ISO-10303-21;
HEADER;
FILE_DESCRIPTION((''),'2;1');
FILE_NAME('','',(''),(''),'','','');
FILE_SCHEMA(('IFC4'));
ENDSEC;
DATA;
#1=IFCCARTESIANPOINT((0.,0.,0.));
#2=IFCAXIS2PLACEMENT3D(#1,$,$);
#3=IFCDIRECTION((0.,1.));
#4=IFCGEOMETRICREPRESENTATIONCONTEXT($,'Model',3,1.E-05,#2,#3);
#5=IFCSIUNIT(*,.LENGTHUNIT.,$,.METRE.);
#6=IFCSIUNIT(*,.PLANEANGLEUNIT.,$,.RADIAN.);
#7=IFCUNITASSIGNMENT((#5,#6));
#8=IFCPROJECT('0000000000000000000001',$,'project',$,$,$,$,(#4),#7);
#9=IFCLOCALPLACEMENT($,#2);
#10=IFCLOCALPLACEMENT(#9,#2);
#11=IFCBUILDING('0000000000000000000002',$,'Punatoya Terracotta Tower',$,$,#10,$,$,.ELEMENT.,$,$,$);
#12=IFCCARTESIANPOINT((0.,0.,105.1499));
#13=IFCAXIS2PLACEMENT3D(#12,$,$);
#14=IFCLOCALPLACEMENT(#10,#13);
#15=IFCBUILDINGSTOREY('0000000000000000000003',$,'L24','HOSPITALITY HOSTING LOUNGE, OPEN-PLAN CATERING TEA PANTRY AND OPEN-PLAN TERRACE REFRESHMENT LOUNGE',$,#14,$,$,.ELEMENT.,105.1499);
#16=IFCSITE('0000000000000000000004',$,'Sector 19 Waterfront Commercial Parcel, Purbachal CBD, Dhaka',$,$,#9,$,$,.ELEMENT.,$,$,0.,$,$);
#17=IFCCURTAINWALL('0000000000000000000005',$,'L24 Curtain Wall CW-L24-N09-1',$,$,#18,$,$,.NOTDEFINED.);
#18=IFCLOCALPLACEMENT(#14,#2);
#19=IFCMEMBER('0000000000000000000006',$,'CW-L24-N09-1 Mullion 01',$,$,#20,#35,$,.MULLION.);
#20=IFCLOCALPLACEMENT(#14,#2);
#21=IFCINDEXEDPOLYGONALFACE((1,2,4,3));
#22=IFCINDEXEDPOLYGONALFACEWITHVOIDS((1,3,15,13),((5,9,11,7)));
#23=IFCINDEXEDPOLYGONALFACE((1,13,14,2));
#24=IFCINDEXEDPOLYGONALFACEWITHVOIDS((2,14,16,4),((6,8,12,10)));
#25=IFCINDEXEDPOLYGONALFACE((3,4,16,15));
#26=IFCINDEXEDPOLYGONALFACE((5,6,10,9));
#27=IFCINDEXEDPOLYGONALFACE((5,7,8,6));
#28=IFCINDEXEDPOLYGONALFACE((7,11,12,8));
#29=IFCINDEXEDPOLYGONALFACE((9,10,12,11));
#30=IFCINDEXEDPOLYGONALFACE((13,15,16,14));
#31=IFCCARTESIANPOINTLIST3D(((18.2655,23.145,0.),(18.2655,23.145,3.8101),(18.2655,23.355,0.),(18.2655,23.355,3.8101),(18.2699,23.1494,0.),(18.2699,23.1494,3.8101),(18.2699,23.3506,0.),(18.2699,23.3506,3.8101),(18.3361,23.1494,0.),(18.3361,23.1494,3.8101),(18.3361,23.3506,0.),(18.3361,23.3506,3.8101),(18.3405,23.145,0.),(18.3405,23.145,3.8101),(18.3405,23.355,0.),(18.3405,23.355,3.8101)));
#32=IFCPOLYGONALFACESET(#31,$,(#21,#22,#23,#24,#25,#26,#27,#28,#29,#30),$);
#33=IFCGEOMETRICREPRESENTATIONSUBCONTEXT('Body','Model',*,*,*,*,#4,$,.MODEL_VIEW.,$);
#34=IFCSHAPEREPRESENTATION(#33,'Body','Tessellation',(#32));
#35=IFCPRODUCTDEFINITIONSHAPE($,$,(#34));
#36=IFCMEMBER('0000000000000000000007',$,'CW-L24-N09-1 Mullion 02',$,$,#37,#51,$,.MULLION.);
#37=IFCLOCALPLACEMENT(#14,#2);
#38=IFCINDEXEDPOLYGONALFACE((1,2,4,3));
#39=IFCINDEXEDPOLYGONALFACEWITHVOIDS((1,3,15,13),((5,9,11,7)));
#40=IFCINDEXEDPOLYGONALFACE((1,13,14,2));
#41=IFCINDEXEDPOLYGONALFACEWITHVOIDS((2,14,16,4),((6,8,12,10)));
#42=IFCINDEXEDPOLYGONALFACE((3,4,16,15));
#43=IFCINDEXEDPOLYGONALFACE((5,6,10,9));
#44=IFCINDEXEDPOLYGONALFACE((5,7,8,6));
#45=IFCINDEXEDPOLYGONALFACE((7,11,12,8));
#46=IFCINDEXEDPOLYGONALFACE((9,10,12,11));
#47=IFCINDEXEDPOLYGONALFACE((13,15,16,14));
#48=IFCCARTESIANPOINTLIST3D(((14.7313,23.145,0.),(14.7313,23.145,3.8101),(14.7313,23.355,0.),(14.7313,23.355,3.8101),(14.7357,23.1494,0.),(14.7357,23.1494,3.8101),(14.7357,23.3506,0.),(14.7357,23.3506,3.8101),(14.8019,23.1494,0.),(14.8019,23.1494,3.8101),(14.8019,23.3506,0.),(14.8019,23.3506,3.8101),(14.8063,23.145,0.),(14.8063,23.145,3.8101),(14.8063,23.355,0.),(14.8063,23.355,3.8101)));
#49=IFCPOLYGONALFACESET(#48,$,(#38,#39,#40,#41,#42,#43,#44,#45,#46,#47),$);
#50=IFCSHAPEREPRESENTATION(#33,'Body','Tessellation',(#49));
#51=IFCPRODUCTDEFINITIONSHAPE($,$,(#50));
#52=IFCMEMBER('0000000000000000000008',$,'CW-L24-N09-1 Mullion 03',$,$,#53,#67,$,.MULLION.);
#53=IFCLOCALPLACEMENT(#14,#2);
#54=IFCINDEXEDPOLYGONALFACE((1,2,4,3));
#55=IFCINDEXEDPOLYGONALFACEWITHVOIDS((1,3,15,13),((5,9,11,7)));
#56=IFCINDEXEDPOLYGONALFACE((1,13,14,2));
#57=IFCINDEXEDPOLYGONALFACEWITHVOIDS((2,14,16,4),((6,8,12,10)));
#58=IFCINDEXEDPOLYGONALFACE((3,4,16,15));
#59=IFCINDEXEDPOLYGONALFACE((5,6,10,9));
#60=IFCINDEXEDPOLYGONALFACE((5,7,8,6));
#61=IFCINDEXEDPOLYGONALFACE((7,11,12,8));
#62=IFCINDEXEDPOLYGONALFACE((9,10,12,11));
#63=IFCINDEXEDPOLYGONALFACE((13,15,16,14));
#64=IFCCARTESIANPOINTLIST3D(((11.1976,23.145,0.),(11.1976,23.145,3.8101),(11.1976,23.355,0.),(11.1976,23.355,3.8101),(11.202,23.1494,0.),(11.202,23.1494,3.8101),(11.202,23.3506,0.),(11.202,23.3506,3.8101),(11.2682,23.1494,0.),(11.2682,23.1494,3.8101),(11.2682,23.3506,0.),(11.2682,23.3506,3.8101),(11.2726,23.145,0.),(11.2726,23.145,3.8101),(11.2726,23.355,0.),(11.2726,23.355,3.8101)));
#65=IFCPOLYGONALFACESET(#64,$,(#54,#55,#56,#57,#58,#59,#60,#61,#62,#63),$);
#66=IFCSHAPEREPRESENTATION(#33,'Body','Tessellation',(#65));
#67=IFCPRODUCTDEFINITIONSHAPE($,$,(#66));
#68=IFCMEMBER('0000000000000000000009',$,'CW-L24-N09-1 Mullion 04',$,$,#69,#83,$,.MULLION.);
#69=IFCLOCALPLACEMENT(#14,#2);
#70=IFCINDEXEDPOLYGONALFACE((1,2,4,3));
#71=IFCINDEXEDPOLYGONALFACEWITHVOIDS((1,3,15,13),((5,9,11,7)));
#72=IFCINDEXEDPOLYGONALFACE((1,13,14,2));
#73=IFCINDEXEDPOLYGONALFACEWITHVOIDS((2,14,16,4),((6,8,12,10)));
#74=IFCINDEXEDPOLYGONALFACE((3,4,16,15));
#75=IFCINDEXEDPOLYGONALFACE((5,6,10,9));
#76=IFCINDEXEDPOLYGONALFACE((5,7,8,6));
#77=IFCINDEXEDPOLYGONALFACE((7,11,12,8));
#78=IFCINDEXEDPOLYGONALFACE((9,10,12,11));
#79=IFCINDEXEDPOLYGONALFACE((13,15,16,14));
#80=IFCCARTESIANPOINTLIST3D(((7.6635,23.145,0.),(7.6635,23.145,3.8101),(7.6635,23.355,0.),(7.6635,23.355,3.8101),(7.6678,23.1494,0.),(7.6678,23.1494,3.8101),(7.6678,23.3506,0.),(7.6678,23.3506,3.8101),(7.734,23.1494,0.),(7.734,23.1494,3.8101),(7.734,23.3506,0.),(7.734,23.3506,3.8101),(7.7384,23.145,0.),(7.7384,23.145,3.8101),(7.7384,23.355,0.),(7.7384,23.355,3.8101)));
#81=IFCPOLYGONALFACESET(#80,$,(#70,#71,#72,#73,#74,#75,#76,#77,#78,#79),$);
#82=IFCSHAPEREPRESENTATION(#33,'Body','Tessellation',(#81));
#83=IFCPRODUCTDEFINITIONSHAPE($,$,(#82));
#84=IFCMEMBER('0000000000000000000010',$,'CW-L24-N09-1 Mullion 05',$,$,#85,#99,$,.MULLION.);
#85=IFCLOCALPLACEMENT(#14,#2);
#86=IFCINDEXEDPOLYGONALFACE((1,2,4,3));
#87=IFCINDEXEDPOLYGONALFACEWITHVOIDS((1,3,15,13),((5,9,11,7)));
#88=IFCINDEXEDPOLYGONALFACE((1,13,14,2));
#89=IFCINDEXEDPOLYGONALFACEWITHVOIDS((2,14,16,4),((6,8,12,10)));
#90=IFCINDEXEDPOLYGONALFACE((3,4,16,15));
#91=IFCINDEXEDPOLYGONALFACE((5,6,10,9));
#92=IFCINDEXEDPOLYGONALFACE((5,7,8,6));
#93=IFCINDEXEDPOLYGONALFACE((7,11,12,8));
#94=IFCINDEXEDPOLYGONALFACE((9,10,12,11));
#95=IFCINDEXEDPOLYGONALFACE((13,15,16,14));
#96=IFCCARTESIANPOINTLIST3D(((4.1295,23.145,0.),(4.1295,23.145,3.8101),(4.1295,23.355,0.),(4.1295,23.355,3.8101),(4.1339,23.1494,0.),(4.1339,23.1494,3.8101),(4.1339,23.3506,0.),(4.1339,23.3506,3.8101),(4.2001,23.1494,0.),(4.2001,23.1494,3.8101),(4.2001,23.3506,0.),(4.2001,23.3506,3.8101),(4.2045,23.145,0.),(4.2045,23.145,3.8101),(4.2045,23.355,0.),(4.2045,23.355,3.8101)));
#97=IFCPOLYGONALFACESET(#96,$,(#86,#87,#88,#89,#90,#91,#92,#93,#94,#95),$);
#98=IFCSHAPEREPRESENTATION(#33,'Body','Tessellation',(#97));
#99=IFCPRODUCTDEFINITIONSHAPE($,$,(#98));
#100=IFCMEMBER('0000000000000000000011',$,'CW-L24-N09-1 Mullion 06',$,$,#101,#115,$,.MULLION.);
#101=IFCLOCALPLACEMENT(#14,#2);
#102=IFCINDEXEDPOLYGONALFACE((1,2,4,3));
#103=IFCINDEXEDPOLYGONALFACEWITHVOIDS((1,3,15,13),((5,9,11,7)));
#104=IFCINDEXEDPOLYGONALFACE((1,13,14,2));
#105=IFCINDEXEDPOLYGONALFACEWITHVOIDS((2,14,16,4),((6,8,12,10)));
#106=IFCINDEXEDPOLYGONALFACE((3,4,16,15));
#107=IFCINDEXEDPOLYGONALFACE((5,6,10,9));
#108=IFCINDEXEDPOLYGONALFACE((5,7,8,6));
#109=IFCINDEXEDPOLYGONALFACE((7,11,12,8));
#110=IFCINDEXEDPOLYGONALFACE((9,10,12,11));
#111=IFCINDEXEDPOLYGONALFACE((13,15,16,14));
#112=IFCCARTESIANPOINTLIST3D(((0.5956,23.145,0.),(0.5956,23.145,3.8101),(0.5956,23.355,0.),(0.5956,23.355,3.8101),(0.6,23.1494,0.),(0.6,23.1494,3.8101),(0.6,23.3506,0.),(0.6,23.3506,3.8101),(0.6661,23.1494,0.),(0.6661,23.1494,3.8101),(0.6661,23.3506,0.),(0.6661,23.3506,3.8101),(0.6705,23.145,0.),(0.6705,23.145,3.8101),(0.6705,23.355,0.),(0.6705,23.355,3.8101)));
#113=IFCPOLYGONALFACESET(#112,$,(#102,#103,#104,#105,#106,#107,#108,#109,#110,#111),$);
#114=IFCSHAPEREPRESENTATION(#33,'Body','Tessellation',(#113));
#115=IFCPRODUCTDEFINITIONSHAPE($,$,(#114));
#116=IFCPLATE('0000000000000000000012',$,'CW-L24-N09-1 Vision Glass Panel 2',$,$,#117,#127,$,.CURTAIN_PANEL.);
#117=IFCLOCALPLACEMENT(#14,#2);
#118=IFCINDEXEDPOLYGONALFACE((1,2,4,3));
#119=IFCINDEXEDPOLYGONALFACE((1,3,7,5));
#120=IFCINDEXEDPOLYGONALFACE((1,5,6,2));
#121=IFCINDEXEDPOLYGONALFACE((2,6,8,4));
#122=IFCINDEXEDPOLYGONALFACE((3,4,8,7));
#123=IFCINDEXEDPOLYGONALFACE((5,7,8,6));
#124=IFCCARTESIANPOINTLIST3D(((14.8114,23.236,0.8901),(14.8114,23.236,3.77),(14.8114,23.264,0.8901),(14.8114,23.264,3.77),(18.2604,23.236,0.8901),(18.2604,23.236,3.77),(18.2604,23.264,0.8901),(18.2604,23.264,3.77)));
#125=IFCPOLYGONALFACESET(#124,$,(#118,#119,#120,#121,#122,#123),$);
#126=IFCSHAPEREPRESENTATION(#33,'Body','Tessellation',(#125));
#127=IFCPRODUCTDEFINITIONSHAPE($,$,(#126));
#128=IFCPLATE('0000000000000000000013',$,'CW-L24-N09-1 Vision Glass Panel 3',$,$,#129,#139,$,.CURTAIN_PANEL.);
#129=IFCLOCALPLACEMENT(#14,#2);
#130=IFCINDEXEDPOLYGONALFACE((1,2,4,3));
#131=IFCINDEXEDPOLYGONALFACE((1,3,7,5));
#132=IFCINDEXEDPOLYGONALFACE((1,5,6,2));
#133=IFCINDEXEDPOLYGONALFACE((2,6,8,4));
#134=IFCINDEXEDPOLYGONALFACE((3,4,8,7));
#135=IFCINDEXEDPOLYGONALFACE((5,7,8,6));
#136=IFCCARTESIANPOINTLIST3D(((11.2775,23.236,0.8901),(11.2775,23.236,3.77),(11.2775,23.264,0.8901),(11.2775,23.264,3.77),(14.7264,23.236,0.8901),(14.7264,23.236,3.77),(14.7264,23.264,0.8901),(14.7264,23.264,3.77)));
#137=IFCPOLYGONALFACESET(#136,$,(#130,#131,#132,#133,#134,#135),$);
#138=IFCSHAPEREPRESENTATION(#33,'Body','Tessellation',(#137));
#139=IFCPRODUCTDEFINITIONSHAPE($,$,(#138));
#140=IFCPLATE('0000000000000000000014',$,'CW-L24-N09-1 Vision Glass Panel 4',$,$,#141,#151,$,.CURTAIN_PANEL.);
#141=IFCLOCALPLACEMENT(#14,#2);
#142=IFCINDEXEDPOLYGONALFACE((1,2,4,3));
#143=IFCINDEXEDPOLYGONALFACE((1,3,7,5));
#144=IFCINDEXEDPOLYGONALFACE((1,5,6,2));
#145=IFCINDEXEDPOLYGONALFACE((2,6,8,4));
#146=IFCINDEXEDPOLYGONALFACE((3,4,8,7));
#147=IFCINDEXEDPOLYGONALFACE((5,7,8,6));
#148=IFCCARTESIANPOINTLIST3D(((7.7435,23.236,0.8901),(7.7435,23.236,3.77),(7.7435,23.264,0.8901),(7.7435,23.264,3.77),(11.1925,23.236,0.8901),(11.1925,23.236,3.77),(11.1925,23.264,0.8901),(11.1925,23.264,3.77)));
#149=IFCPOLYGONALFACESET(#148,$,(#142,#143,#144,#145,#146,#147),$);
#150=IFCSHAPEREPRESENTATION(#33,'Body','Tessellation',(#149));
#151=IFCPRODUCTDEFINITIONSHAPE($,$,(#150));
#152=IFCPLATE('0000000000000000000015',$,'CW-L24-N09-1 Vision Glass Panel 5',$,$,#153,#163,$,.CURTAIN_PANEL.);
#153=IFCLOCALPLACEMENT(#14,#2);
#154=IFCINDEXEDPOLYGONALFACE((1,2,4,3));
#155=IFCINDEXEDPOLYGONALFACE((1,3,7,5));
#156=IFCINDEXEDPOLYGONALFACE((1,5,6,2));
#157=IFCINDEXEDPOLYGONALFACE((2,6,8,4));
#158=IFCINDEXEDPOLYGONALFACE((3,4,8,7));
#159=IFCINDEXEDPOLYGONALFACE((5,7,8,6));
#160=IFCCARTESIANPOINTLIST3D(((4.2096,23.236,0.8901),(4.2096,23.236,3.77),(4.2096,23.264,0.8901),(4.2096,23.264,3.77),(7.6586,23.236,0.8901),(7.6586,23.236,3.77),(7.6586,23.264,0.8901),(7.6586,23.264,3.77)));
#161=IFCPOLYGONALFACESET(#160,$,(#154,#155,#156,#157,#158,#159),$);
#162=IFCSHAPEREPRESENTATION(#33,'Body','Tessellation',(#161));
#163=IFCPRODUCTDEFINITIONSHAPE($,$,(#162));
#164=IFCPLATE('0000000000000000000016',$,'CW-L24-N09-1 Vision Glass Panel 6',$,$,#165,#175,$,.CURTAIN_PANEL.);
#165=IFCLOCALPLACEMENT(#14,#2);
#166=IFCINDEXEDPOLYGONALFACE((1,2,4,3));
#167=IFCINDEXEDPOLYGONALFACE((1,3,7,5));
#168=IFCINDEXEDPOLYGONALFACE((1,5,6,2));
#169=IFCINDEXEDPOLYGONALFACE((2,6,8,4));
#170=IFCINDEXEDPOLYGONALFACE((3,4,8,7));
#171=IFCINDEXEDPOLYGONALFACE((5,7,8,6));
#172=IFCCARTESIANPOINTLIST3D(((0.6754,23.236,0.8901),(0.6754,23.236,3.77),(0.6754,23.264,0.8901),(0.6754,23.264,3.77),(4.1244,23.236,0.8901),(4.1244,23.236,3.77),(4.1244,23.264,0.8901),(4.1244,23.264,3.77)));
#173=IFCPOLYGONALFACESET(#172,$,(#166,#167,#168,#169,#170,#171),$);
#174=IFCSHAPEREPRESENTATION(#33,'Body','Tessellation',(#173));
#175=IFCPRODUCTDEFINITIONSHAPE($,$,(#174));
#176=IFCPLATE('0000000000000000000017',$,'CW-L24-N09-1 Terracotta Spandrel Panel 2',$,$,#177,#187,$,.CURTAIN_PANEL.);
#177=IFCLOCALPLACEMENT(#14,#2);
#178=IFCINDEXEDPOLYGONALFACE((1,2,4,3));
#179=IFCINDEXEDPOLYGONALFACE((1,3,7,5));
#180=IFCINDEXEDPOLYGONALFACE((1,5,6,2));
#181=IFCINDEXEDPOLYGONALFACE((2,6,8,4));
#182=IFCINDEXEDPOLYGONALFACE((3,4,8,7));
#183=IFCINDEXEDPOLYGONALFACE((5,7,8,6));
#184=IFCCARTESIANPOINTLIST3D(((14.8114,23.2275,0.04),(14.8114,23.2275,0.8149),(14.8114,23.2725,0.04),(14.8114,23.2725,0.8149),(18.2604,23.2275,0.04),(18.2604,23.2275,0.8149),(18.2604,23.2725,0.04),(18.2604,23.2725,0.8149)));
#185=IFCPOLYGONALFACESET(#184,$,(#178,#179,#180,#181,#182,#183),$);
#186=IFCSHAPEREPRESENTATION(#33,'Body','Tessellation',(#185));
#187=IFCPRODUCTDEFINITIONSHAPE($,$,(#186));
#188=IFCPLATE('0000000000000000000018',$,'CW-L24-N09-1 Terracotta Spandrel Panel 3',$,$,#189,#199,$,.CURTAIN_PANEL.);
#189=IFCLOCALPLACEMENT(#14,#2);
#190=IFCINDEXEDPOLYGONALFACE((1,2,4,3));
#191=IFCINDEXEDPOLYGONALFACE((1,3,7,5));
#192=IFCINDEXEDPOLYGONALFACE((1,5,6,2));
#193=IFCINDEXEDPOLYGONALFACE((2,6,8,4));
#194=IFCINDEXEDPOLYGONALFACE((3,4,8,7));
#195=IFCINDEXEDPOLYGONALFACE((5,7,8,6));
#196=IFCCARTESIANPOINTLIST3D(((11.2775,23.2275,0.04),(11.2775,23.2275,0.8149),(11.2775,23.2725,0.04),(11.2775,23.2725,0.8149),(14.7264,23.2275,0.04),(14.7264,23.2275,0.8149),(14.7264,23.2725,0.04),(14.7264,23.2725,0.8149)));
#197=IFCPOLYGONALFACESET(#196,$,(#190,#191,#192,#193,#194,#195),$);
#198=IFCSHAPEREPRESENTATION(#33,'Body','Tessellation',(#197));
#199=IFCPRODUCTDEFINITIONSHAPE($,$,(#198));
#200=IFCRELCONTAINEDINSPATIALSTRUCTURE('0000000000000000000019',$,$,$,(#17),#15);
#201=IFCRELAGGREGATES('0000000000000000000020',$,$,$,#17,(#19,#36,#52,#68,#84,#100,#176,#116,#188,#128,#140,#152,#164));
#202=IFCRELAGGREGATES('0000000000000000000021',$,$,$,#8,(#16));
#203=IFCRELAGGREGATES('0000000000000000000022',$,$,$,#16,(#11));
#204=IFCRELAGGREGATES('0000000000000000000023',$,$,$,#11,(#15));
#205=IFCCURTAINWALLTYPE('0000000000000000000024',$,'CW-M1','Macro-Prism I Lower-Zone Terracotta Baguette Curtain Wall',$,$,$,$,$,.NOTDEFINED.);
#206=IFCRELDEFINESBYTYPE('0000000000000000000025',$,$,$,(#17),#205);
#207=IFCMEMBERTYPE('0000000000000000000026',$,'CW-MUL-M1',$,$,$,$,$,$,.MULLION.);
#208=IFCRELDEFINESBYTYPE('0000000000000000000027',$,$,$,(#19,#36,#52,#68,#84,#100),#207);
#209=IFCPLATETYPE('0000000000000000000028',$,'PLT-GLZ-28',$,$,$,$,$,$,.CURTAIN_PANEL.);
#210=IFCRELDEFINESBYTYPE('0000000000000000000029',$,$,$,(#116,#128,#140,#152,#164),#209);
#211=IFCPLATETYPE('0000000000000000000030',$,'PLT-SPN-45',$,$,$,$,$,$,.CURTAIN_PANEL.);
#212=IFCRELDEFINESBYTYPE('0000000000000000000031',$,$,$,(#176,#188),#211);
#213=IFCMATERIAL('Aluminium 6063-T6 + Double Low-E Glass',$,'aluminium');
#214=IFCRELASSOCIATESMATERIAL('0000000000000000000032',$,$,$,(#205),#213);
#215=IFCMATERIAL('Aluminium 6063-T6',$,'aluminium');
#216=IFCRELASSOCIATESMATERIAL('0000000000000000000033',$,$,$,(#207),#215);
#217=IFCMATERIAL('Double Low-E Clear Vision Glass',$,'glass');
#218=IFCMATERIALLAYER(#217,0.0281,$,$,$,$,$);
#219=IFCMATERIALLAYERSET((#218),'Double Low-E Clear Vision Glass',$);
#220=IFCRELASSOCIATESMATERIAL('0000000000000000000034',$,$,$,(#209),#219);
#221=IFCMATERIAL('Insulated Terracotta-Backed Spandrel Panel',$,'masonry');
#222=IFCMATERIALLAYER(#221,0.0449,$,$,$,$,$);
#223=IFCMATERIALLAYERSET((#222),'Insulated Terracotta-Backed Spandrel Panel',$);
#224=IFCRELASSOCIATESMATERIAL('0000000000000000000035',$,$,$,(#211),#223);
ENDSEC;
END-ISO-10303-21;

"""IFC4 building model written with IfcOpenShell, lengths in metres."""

from ifc_helpers import new_model, si_unit, direction, frame, origin, origin_2d, place, context, subcontext, project, spatial, rectangle, hollow_rectangle, extrude, material, layer, layer_set, material_profile, profile_set, type_object, element, aggregate, save


model = new_model("IFC4")

# Units and contexts
model_context = context("Model", 3, precision=1e-05, world=origin(), true_north=direction((0.0, 1.0)))
body_context = subcontext(model_context, "Body", "Model", "MODEL_VIEW")
ifc_project = project(units=[si_unit("LENGTHUNIT", "METRE"), si_unit("PLANEANGLEUNIT", "RADIAN")], contexts=[model_context])

# Site, building, storey
site_placement = place(None, origin())
site = spatial("IfcSite", under=ifc_project, at=site_placement, Name="Sector 19 Waterfront Commercial Parcel, Purbachal CBD, Dhaka", CompositionType="ELEMENT", RefElevation=0.0)
building_placement = place(site_placement, origin())
building = spatial("IfcBuilding", under=site, at=building_placement, Name="Punatoya Terracotta Tower", CompositionType="ELEMENT")
storey_placement = place(building_placement, frame((0.0, 0.0, 105.1499)))
storey = spatial("IfcBuildingStorey", under=building, at=storey_placement, Name="L24", Description="HOSPITALITY HOSTING LOUNGE, OPEN-PLAN CATERING TEA PANTRY AND OPEN-PLAN TERRACE REFRESHMENT LOUNGE", CompositionType="ELEMENT", Elevation=105.1499)

# Curtain wall, members, plates
ifc_material_1 = material(Name="Aluminium 6063-T6 + Double Low-E Glass", Category="aluminium")
curtain_wall_type = type_object("IfcCurtainWallType", Name="CW-M1", Description="Macro-Prism I Lower-Zone Terracotta Baguette Curtain Wall", PredefinedType="NOTDEFINED", material=ifc_material_1)
curtain_wall_placement = place(storey_placement, origin())
curtain_wall = element("IfcCurtainWall", 1, at=curtain_wall_placement, inside=storey, type_object=curtain_wall_type, Name="L24 Curtain Wall CW-L24-N09-1", PredefinedType="NOTDEFINED")
ifc_material_2 = material(Name="Aluminium 6063-T6", Category="aluminium")
ifc_material_profile_1 = material_profile(ifc_material_2, hollow_rectangle(XDim=0.075, YDim=0.21, WallThickness=0.0044, at=origin_2d()))
ifc_profile_set_1 = profile_set([ifc_material_profile_1], Name="Aluminium 6063-T6")
member_type = type_object("IfcMemberType", Name="CW-MUL-M1", PredefinedType="MULLION", material=ifc_profile_set_1)
member_1_placement = place(storey_placement, frame((18.303, 23.25, 0.0), z_axis=(0.0, 0.0, 1.0), x_axis=(1.0, 0.0, 0.0)))
member_1 = element("IfcMember", 2, at=member_1_placement, type_object=member_type, Name="CW-L24-N09-1 Mullion 01", PredefinedType="MULLION", context=body_context, shape_type="SweptSolid", body=[
    extrude(hollow_rectangle(XDim=0.075, YDim=0.21, WallThickness=0.0044, at=origin_2d()), origin(), (0.0, 0.0, 1.0), 3.8101),
])
member_2_placement = place(storey_placement, frame((14.7688, 23.25, 0.0), z_axis=(0.0, 0.0, 1.0), x_axis=(1.0, 0.0, 0.0)))
member_2 = element("IfcMember", 3, at=member_2_placement, type_object=member_type, Name="CW-L24-N09-1 Mullion 02", PredefinedType="MULLION", context=body_context, shape_type="SweptSolid", body=[
    extrude(hollow_rectangle(XDim=0.075, YDim=0.21, WallThickness=0.0044, at=origin_2d()), origin(), (0.0, 0.0, 1.0), 3.8101),
])
member_3_placement = place(storey_placement, frame((11.2351, 23.25, 0.0), z_axis=(0.0, 0.0, 1.0), x_axis=(1.0, 0.0, 0.0)))
member_3 = element("IfcMember", 4, at=member_3_placement, type_object=member_type, Name="CW-L24-N09-1 Mullion 03", PredefinedType="MULLION", context=body_context, shape_type="SweptSolid", body=[
    extrude(hollow_rectangle(XDim=0.075, YDim=0.21, WallThickness=0.0044, at=origin_2d()), origin(), (0.0, 0.0, 1.0), 3.8101),
])
member_4_placement = place(storey_placement, frame((7.7009, 23.25, 0.0), z_axis=(0.0, 0.0, 1.0), x_axis=(1.0, 0.0, 0.0)))
member_4 = element("IfcMember", 5, at=member_4_placement, type_object=member_type, Name="CW-L24-N09-1 Mullion 04", PredefinedType="MULLION", context=body_context, shape_type="SweptSolid", body=[
    extrude(hollow_rectangle(XDim=0.075, YDim=0.21, WallThickness=0.0044, at=origin_2d()), origin(), (0.0, 0.0, 1.0), 3.8101),
])
member_5_placement = place(storey_placement, frame((4.167, 23.25, 0.0), z_axis=(0.0, 0.0, 1.0), x_axis=(1.0, 0.0, 0.0)))
member_5 = element("IfcMember", 6, at=member_5_placement, type_object=member_type, Name="CW-L24-N09-1 Mullion 05", PredefinedType="MULLION", context=body_context, shape_type="SweptSolid", body=[
    extrude(hollow_rectangle(XDim=0.075, YDim=0.21, WallThickness=0.0044, at=origin_2d()), origin(), (0.0, 0.0, 1.0), 3.8101),
])
member_6_placement = place(storey_placement, frame((0.6331, 23.25, 0.0), z_axis=(0.0, 0.0, 1.0), x_axis=(1.0, 0.0, 0.0)))
member_6 = element("IfcMember", 7, at=member_6_placement, type_object=member_type, Name="CW-L24-N09-1 Mullion 06", PredefinedType="MULLION", context=body_context, shape_type="SweptSolid", body=[
    extrude(hollow_rectangle(XDim=0.075, YDim=0.21, WallThickness=0.0044, at=origin_2d()), origin(), (0.0, 0.0, 1.0), 3.8101),
])
ifc_material_3 = material(Name="Double Low-E Clear Vision Glass", Category="glass")
ifc_layer_1 = layer(ifc_material_3, 0.0281)
ifc_layer_set_1 = layer_set([ifc_layer_1], Name="Double Low-E Clear Vision Glass")
plate_type_1 = type_object("IfcPlateType", Name="PLT-GLZ-28", PredefinedType="CURTAIN_PANEL", material=ifc_layer_set_1)
plate_1_placement = place(storey_placement, frame((16.5359, 23.25, 0.8901), z_axis=(0.0, 0.0, 1.0), x_axis=(-1.0, 0.0, 0.0)))
plate_1 = element("IfcPlate", 8, at=plate_1_placement, type_object=plate_type_1, Name="CW-L24-N09-1 Vision Glass Panel 2", PredefinedType="CURTAIN_PANEL", context=body_context, shape_type="SweptSolid", body=[
    extrude(rectangle(XDim=3.449, YDim=0.0281, at=origin_2d()), origin(), (0.0, 0.0, 1.0), 2.8799),
])
plate_2_placement = place(storey_placement, frame((13.002, 23.25, 0.8901), z_axis=(0.0, 0.0, 1.0), x_axis=(-1.0, 0.0, 0.0)))
plate_2 = element("IfcPlate", 9, at=plate_2_placement, type_object=plate_type_1, Name="CW-L24-N09-1 Vision Glass Panel 3", PredefinedType="CURTAIN_PANEL", context=body_context, shape_type="SweptSolid", body=[
    extrude(rectangle(XDim=3.449, YDim=0.0281, at=origin_2d()), origin(), (0.0, 0.0, 1.0), 2.8799),
])
plate_3_placement = place(storey_placement, frame((9.468, 23.25, 0.8901), z_axis=(0.0, 0.0, 1.0), x_axis=(-1.0, 0.0, 0.0)))
plate_3 = element("IfcPlate", 10, at=plate_3_placement, type_object=plate_type_1, Name="CW-L24-N09-1 Vision Glass Panel 4", PredefinedType="CURTAIN_PANEL", context=body_context, shape_type="SweptSolid", body=[
    extrude(rectangle(XDim=3.449, YDim=0.0281, at=origin_2d()), origin(), (0.0, 0.0, 1.0), 2.8799),
])
plate_4_placement = place(storey_placement, frame((5.9341, 23.25, 0.8901), z_axis=(0.0, 0.0, 1.0), x_axis=(-1.0, 0.0, 0.0)))
plate_4 = element("IfcPlate", 11, at=plate_4_placement, type_object=plate_type_1, Name="CW-L24-N09-1 Vision Glass Panel 5", PredefinedType="CURTAIN_PANEL", context=body_context, shape_type="SweptSolid", body=[
    extrude(rectangle(XDim=3.449, YDim=0.0281, at=origin_2d()), origin(), (0.0, 0.0, 1.0), 2.8799),
])
plate_5_placement = place(storey_placement, frame((2.3999, 23.25, 0.8901), z_axis=(0.0, 0.0, 1.0), x_axis=(-1.0, 0.0, 0.0)))
plate_5 = element("IfcPlate", 12, at=plate_5_placement, type_object=plate_type_1, Name="CW-L24-N09-1 Vision Glass Panel 6", PredefinedType="CURTAIN_PANEL", context=body_context, shape_type="SweptSolid", body=[
    extrude(rectangle(XDim=3.449, YDim=0.0281, at=origin_2d()), origin(), (0.0, 0.0, 1.0), 2.8799),
])
ifc_material_4 = material(Name="Insulated Terracotta-Backed Spandrel Panel", Category="masonry")
ifc_layer_2 = layer(ifc_material_4, 0.0449)
ifc_layer_set_2 = layer_set([ifc_layer_2], Name="Insulated Terracotta-Backed Spandrel Panel")
plate_type_2 = type_object("IfcPlateType", Name="PLT-SPN-45", PredefinedType="CURTAIN_PANEL", material=ifc_layer_set_2)
plate_6_placement = place(storey_placement, frame((16.5359, 23.25, 0.04), z_axis=(0.0, 0.0, 1.0), x_axis=(-1.0, 0.0, 0.0)))
plate_6 = element("IfcPlate", 13, at=plate_6_placement, type_object=plate_type_2, Name="CW-L24-N09-1 Terracotta Spandrel Panel 2", PredefinedType="CURTAIN_PANEL", context=body_context, shape_type="SweptSolid", body=[
    extrude(rectangle(XDim=3.449, YDim=0.0449, at=origin_2d()), origin(), (0.0, 0.0, 1.0), 0.7749),
])
plate_7_placement = place(storey_placement, frame((13.002, 23.25, 0.04), z_axis=(0.0, 0.0, 1.0), x_axis=(-1.0, 0.0, 0.0)))
plate_7 = element("IfcPlate", 14, at=plate_7_placement, type_object=plate_type_2, Name="CW-L24-N09-1 Terracotta Spandrel Panel 3", PredefinedType="CURTAIN_PANEL", context=body_context, shape_type="SweptSolid", body=[
    extrude(rectangle(XDim=3.449, YDim=0.0449, at=origin_2d()), origin(), (0.0, 0.0, 1.0), 0.7749),
])
aggregate(curtain_wall, [member_1, member_2, member_3, member_4, member_5, member_6, plate_6, plate_1, plate_7, plate_2, plate_3, plate_4, plate_5])

save(model, "model.ifc")
